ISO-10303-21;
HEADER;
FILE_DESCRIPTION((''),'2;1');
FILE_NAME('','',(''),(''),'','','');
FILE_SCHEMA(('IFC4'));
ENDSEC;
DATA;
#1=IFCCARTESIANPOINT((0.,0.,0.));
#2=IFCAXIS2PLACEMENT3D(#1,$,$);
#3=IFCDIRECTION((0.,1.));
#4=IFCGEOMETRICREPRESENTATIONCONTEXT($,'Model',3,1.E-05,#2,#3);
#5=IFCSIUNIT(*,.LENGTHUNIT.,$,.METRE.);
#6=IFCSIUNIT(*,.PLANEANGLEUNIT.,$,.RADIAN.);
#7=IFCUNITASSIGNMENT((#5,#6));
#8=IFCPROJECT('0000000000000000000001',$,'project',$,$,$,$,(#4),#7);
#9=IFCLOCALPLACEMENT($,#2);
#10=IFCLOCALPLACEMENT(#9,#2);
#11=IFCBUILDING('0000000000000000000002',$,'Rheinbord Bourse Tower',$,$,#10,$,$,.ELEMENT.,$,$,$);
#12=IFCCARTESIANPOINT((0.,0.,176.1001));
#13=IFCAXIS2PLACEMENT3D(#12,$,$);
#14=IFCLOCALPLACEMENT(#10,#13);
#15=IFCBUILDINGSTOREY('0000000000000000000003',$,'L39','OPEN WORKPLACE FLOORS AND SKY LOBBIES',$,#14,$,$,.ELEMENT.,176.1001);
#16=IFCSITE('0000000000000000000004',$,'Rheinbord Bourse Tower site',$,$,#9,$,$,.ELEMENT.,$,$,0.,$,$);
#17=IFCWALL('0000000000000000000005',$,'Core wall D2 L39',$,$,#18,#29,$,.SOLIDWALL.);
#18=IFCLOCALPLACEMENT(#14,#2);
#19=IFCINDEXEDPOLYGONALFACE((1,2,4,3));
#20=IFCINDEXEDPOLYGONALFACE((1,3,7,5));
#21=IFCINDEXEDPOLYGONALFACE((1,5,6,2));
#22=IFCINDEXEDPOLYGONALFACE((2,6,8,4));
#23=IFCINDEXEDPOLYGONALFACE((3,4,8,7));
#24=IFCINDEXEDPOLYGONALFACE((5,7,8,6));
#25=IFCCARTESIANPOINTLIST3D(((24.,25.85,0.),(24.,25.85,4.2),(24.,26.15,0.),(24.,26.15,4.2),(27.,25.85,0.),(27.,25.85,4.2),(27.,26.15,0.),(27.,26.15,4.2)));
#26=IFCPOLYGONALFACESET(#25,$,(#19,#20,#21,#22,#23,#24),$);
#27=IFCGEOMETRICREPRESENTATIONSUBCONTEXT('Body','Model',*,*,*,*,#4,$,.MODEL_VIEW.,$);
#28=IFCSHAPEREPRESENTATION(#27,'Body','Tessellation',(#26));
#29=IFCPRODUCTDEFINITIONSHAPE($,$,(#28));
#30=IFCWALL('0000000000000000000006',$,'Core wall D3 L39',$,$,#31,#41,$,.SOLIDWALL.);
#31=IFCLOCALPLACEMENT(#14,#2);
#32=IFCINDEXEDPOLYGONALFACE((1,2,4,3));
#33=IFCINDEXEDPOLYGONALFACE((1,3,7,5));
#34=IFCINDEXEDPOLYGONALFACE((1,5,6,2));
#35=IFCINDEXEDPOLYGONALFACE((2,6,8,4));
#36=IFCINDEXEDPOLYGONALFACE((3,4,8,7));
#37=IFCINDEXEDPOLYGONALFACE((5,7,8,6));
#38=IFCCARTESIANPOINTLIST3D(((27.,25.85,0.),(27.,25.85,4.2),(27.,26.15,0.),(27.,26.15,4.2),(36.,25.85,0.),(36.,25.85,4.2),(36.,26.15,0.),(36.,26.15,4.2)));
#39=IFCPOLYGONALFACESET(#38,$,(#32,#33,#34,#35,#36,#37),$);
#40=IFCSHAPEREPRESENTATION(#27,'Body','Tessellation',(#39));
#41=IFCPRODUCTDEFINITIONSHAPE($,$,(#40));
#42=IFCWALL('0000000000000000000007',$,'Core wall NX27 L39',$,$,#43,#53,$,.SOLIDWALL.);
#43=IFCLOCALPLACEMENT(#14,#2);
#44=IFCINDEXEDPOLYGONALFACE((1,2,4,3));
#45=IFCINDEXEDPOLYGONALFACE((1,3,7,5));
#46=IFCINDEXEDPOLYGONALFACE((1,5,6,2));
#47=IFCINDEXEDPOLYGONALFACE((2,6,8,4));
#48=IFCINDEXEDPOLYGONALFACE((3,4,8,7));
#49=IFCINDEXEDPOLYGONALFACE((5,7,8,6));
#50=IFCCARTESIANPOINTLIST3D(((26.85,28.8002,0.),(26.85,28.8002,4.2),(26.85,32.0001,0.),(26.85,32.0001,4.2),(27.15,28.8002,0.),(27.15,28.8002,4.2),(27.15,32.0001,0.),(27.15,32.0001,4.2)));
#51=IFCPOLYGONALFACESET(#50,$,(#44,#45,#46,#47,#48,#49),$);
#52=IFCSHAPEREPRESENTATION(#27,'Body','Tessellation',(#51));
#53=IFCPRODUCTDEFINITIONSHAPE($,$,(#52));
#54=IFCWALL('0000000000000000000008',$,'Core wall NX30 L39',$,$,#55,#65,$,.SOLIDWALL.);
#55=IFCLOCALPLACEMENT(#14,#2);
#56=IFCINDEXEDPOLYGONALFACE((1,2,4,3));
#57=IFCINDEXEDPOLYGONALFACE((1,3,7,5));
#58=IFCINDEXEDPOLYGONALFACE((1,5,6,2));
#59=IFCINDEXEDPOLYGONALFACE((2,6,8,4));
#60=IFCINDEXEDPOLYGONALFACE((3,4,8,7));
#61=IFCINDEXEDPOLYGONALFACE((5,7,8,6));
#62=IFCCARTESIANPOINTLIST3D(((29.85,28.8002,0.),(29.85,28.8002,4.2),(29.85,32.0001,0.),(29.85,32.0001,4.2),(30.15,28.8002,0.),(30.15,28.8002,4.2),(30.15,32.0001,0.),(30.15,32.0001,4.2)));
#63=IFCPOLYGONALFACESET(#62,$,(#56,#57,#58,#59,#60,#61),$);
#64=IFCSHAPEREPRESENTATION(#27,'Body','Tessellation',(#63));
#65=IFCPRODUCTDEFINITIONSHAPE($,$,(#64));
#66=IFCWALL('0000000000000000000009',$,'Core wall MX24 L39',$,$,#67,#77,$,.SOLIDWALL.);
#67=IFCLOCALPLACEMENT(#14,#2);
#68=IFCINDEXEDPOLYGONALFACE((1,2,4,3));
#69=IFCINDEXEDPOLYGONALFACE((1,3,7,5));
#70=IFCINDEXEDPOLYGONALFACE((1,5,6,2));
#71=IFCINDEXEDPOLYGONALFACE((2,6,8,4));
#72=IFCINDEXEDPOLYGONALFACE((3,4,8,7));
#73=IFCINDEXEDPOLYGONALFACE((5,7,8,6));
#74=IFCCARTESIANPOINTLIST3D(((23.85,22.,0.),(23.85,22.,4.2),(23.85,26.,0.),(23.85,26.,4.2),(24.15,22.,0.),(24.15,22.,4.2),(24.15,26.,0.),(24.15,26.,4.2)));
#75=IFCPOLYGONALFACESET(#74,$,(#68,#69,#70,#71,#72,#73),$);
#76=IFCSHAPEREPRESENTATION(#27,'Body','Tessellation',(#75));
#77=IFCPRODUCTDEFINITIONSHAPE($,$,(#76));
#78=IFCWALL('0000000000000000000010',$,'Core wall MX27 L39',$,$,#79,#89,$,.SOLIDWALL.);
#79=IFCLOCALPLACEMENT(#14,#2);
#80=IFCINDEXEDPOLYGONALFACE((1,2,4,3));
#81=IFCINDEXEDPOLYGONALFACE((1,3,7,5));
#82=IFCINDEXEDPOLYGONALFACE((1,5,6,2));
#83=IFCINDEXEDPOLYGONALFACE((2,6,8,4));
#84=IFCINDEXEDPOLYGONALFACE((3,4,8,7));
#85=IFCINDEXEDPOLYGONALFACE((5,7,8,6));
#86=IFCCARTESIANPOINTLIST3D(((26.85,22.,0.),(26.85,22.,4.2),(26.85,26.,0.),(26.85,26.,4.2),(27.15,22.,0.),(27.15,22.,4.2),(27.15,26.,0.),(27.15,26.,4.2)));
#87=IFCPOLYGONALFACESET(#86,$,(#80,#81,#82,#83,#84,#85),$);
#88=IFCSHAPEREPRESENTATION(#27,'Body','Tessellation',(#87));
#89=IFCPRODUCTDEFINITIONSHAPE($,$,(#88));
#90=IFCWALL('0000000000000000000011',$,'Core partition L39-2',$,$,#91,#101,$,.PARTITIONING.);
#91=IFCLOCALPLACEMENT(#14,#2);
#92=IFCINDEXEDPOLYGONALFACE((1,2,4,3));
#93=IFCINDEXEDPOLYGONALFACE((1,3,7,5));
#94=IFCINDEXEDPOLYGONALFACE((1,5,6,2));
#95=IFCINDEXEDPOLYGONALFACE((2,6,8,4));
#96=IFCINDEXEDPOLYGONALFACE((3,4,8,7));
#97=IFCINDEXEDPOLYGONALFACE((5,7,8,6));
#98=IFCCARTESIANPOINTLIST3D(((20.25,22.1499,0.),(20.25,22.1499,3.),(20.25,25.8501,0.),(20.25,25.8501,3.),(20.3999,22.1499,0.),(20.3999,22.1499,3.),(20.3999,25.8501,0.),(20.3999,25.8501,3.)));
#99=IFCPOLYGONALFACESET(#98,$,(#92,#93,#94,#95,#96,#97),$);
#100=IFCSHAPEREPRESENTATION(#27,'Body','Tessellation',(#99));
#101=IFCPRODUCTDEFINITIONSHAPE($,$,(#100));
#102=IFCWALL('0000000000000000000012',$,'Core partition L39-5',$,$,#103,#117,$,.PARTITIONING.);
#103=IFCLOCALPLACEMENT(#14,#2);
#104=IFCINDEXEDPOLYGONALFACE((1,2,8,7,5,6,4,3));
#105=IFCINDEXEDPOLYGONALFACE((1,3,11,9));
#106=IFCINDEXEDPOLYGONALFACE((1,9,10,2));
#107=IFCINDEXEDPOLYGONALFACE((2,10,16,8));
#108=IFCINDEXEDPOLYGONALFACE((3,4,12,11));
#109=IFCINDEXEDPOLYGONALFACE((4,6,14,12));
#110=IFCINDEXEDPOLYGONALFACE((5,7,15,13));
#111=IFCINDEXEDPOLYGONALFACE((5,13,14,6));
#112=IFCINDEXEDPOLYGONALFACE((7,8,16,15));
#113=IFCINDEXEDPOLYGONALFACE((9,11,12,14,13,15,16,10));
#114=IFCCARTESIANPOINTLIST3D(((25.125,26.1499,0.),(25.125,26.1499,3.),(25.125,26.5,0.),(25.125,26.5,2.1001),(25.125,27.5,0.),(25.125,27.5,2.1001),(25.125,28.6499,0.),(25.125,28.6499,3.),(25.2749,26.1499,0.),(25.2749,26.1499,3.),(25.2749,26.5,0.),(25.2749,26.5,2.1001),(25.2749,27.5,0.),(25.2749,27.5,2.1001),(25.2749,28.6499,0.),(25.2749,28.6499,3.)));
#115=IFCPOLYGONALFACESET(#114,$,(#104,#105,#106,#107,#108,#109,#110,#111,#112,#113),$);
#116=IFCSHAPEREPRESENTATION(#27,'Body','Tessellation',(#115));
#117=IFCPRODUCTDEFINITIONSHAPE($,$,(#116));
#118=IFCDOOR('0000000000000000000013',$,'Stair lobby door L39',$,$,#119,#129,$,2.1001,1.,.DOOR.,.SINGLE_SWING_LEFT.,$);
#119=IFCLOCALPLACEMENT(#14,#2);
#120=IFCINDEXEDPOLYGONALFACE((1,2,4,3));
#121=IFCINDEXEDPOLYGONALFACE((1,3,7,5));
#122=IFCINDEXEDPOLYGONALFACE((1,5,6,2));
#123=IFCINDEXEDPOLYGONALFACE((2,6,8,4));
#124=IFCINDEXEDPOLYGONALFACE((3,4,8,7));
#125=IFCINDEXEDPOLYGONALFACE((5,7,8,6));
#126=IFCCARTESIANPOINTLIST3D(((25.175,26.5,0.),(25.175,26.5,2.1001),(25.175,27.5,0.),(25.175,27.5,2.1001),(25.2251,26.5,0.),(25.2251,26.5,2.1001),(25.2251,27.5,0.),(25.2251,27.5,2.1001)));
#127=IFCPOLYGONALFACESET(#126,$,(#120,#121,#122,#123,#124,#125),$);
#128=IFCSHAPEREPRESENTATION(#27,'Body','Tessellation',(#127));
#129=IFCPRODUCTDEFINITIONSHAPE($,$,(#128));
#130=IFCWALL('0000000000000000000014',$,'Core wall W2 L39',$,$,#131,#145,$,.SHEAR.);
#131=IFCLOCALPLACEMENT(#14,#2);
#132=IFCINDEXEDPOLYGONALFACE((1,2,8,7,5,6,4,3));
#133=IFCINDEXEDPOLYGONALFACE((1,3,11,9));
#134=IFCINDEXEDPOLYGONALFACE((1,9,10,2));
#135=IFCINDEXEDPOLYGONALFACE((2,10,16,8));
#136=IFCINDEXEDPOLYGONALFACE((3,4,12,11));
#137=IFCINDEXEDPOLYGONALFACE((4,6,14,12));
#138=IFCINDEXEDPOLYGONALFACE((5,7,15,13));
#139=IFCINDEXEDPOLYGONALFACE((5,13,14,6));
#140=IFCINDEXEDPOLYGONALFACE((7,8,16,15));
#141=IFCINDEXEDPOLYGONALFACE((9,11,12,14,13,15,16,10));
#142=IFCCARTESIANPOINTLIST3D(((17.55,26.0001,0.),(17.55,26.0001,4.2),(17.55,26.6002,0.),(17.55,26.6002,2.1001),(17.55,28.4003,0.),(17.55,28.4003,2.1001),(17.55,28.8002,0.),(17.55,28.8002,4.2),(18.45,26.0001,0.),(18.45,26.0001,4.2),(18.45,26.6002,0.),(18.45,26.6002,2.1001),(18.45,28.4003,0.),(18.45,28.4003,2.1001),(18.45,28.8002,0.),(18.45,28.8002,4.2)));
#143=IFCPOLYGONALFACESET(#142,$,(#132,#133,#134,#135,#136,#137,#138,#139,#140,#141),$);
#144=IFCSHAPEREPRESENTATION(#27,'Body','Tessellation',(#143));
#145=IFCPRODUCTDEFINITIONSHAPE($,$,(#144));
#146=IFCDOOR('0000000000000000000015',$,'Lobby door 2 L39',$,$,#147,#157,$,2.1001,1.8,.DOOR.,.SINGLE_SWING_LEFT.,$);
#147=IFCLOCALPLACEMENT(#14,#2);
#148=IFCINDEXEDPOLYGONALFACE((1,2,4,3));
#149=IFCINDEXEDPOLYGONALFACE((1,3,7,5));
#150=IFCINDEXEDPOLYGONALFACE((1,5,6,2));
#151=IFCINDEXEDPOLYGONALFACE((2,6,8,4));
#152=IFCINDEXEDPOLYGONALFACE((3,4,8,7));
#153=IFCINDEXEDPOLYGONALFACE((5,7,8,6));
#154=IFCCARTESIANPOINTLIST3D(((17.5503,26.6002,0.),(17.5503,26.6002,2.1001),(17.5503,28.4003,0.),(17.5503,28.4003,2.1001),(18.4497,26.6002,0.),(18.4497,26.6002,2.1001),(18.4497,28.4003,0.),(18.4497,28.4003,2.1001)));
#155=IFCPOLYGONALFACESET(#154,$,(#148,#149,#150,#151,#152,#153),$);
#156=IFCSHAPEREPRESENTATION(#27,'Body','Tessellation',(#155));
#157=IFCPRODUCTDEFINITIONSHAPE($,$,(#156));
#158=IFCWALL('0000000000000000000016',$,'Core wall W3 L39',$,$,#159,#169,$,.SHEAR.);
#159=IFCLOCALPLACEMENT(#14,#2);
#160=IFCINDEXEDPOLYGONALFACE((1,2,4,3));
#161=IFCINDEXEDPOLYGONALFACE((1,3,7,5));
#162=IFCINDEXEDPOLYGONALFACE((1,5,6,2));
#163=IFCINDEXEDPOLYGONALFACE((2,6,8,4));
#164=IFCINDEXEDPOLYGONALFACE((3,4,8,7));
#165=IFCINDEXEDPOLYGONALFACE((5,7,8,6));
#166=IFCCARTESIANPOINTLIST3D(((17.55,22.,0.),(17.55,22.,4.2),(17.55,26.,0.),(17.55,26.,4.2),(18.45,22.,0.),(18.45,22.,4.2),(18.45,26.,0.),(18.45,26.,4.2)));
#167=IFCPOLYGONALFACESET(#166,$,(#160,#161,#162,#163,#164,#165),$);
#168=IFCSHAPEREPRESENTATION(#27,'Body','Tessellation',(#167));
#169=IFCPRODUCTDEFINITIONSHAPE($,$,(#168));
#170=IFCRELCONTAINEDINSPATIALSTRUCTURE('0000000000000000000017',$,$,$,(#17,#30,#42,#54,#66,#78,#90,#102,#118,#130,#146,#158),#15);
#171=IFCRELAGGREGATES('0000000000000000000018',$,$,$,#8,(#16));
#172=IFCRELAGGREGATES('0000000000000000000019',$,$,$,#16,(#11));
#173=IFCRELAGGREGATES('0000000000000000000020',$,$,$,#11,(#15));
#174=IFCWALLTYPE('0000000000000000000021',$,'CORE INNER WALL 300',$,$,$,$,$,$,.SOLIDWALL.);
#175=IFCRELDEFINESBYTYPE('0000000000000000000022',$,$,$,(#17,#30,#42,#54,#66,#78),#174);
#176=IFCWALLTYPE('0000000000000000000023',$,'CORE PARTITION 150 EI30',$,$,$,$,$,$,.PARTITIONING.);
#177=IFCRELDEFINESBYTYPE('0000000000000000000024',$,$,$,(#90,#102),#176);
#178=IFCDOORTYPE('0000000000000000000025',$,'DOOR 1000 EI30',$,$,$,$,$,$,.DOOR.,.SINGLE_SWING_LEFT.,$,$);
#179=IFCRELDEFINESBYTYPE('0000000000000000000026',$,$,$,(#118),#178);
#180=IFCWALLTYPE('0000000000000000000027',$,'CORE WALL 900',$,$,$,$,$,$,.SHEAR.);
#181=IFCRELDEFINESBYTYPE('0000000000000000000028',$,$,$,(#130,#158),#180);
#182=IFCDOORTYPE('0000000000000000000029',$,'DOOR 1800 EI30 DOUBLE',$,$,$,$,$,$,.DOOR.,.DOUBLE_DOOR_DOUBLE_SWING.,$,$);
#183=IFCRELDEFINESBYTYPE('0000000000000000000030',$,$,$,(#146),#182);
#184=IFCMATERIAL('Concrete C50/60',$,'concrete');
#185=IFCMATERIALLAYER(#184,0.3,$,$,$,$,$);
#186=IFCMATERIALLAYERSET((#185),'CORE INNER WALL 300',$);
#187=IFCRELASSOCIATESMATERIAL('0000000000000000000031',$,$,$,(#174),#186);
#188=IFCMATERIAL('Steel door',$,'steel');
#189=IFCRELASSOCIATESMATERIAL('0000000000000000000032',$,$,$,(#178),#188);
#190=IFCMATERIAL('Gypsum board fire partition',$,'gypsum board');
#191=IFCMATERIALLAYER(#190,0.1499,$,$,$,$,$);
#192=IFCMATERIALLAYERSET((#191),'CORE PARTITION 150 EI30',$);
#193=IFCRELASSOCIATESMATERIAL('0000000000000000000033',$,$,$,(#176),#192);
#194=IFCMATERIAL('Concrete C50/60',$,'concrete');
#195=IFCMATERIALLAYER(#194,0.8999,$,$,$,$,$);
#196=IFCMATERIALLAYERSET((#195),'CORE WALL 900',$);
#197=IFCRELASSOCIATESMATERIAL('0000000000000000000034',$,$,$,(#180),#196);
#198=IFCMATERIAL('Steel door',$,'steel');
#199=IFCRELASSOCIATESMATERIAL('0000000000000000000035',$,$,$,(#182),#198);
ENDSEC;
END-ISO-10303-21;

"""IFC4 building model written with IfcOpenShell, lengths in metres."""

from ifc_helpers import new_model, si_unit, direction, frame, frame_2d, origin, place, context, subcontext, project, spatial, rectangle, extrude, material, layer, layer_set, type_object, element, fill, save


model = new_model("IFC4")

# Units and contexts
model_context = context("Model", 3, precision=1e-05, world=origin(), true_north=direction((0.0, 1.0)))
body_context = subcontext(model_context, "Body", "Model", "MODEL_VIEW")
ifc_project = project(units=[si_unit("LENGTHUNIT", "METRE"), si_unit("PLANEANGLEUNIT", "RADIAN")], contexts=[model_context])

# Site, building, storey
site_placement = place(None, origin())
site = spatial("IfcSite", under=ifc_project, at=site_placement, Name="Rheinbord Bourse Tower site", CompositionType="ELEMENT", RefElevation=0.0)
building_placement = place(site_placement, origin())
building = spatial("IfcBuilding", under=site, at=building_placement, Name="Rheinbord Bourse Tower", CompositionType="ELEMENT")
storey_placement = place(building_placement, frame((0.0, 0.0, 176.1001)))
storey = spatial("IfcBuildingStorey", under=building, at=storey_placement, Name="L39", Description="OPEN WORKPLACE FLOORS AND SKY LOBBIES", CompositionType="ELEMENT", Elevation=176.1001)

# Shared definitions
ifc_material_1 = material(Name="Concrete C50/60", Category="concrete")
ifc_layer_1 = layer(ifc_material_1, 0.3)
ifc_layer_set_1 = layer_set([ifc_layer_1], Name="CORE INNER WALL 300")
wall_type_1 = type_object("IfcWallType", Name="CORE INNER WALL 300", PredefinedType="SOLIDWALL", material=ifc_layer_set_1)
ifc_material_2 = material(Name="Steel door", Category="steel")
door_type_1 = type_object("IfcDoorType", Name="DOOR 1000 EI30", OperationType="SINGLE_SWING_LEFT", PredefinedType="DOOR", material=ifc_material_2)

# Walls
wall_1_placement = place(storey_placement, frame((24.0, 26.0, 0.0), z_axis=(0.0, 0.0, 1.0), x_axis=(1.0, 0.0, 0.0)))
element("IfcWall", 1, at=wall_1_placement, inside=storey, type_object=wall_type_1, Name="Core wall D2 L39", PredefinedType="SOLIDWALL", context=body_context, shape_type="SweptSolid", body=[
    extrude(rectangle(XDim=3.0, YDim=0.3, at=frame_2d((1.5, 0.0))), origin(), (0.0, 0.0, 1.0), 4.2),
])
wall_2_placement = place(storey_placement, frame((27.0, 26.0, 0.0), z_axis=(0.0, 0.0, 1.0), x_axis=(1.0, 0.0, 0.0)))
element("IfcWall", 2, at=wall_2_placement, inside=storey, type_object=wall_type_1, Name="Core wall D3 L39", PredefinedType="SOLIDWALL", context=body_context, shape_type="SweptSolid", body=[
    extrude(rectangle(XDim=9.0, YDim=0.3, at=frame_2d((4.5, 0.0))), origin(), (0.0, 0.0, 1.0), 4.2),
])
for number, where, z_axis, x_axis, name in (
    (3, (27.0, 28.8, 0.0), (0.0, 0.0, 1.0), (0.0, 1.0, 0.0), "Core wall NX27 L39"),
    (4, (30.0, 28.8, 0.0), (0.0, 0.0, 1.0), (0.0, 1.0, 0.0), "Core wall NX30 L39"),
):
    element("IfcWall", number, at=place(storey_placement, frame(where, z_axis=z_axis, x_axis=x_axis)), inside=storey, type_object=wall_type_1, Name=name, PredefinedType="SOLIDWALL", context=body_context, shape_type="SweptSolid", body=[
        extrude(rectangle(XDim=3.2, YDim=0.3, at=frame_2d((1.6001, 0.0))), origin(), (0.0, 0.0, 1.0), 4.2),
    ])
for number, where, z_axis, x_axis, name in (
    (5, (24.0, 22.0, 0.0), (0.0, 0.0, 1.0), (0.0, 1.0, 0.0), "Core wall MX24 L39"),
    (6, (27.0, 22.0, 0.0), (0.0, 0.0, 1.0), (0.0, 1.0, 0.0), "Core wall MX27 L39"),
):
    element("IfcWall", number, at=place(storey_placement, frame(where, z_axis=z_axis, x_axis=x_axis)), inside=storey, type_object=wall_type_1, Name=name, PredefinedType="SOLIDWALL", context=body_context, shape_type="SweptSolid", body=[
        extrude(rectangle(XDim=4.0, YDim=0.3, at=frame_2d((2.0, 0.0))), origin(), (0.0, 0.0, 1.0), 4.2),
    ])
ifc_material_3 = material(Name="Gypsum board fire partition", Category="gypsum board")
ifc_layer_2 = layer(ifc_material_3, 0.1499)
ifc_layer_set_2 = layer_set([ifc_layer_2], Name="CORE PARTITION 150 EI30")
wall_type_2 = type_object("IfcWallType", Name="CORE PARTITION 150 EI30", PredefinedType="PARTITIONING", material=ifc_layer_set_2)
wall_3_placement = place(storey_placement, frame((20.325, 22.1499, 0.0), z_axis=(0.0, 0.0, 1.0), x_axis=(0.0, 1.0, 0.0)))
element("IfcWall", 7, at=wall_3_placement, inside=storey, type_object=wall_type_2, Name="Core partition L39-2", PredefinedType="PARTITIONING", context=body_context, shape_type="SweptSolid", body=[
    extrude(rectangle(XDim=3.7002, YDim=0.1499, at=frame_2d((1.8501, 0.0))), origin(), (0.0, 0.0, 1.0), 3.0),
])

# Walls, openings, doors
wall_4_placement = place(storey_placement, frame((25.2, 26.1499, 0.0), z_axis=(0.0, 0.0, 1.0), x_axis=(0.0, 1.0, 0.0)))
wall_4 = element("IfcWall", 8, at=wall_4_placement, inside=storey, type_object=wall_type_2, Name="Core partition L39-5", PredefinedType="PARTITIONING", context=body_context, shape_type="SweptSolid", body=[
    extrude(rectangle(XDim=2.5, YDim=0.1499, at=frame_2d((1.25, 0.0))), origin(), (0.0, 0.0, 1.0), 3.0),
])
opening_1_placement = place(wall_4_placement, frame((0.3501, 0.0, 0.0)))
opening_1 = element("IfcOpeningElement", 9, at=opening_1_placement, cuts=wall_4, PredefinedType="OPENING", context=body_context, shape_type="SweptSolid", body=[
    extrude(rectangle(XDim=1.0, YDim=2.1001, at=frame_2d((0.5, 1.05))), frame((0.0, 0.085, 0.0), z_axis=(0.0, -1.0, 0.0), x_axis=(1.0, 0.0, 0.0)), (0.0, 0.0, 1.0), 0.1699),
])
door_1_placement = place(opening_1_placement, origin())
door_1 = element("IfcDoor", 10, at=door_1_placement, inside=storey, type_object=door_type_1, Name="Stair lobby door L39", OperationType="SINGLE_SWING_LEFT", OverallHeight=2.1001, OverallWidth=1.0, PredefinedType="DOOR", context=body_context, shape_type="SweptSolid", body=[
    extrude(rectangle(XDim=1.0, YDim=2.1001, at=frame_2d((0.5, 1.05))), frame((0.0, 0.0249, 0.0), z_axis=(0.0, -1.0, 0.0), x_axis=(1.0, 0.0, 0.0)), (0.0, 0.0, 1.0), 0.05),
])
fill(opening_1, door_1)
ifc_material_4 = material(Name="Concrete C50/60", Category="concrete")
ifc_layer_3 = layer(ifc_material_4, 0.8999)
ifc_layer_set_3 = layer_set([ifc_layer_3], Name="CORE WALL 900")
wall_type_3 = type_object("IfcWallType", Name="CORE WALL 900", PredefinedType="SHEAR", material=ifc_layer_set_3)
wall_5_placement = place(storey_placement, frame((18.0, 28.8, 0.0), z_axis=(0.0, 0.0, 1.0), x_axis=(0.0, -1.0, 0.0)))
wall_5 = element("IfcWall", 11, at=wall_5_placement, inside=storey, type_object=wall_type_3, Name="Core wall W2 L39", PredefinedType="SHEAR", context=body_context, shape_type="SweptSolid", body=[
    extrude(rectangle(XDim=2.8, YDim=0.8999, at=frame_2d((1.3999, 0.0))), origin(), (0.0, 0.0, 1.0), 4.2),
])
opening_2_placement = place(wall_5_placement, frame((0.3999, 0.0, 0.0)))
opening_2 = element("IfcOpeningElement", 12, at=opening_2_placement, cuts=wall_5, PredefinedType="OPENING", context=body_context, shape_type="SweptSolid", body=[
    extrude(rectangle(XDim=1.8, YDim=2.1001, at=frame_2d((0.8999, 1.05))), frame((0.0, 0.46, 0.0), z_axis=(0.0, -1.0, 0.0), x_axis=(1.0, 0.0, 0.0)), (0.0, 0.0, 1.0), 0.9199),
])
ifc_material_5 = material(Name="Steel door", Category="steel")
door_type_2 = type_object("IfcDoorType", Name="DOOR 1800 EI30 DOUBLE", OperationType="DOUBLE_DOOR_DOUBLE_SWING", PredefinedType="DOOR", material=ifc_material_5)
door_2_placement = place(opening_2_placement, origin())
door_2 = element("IfcDoor", 13, at=door_2_placement, inside=storey, type_object=door_type_2, Name="Lobby door 2 L39", OperationType="SINGLE_SWING_LEFT", OverallHeight=2.1001, OverallWidth=1.8, PredefinedType="DOOR", context=body_context, shape_type="SweptSolid", body=[
    extrude(rectangle(XDim=1.8, YDim=2.1001, at=frame_2d((0.8999, 1.05))), frame((0.0, 0.4497, 0.0), z_axis=(0.0, -1.0, 0.0), x_axis=(1.0, 0.0, 0.0)), (0.0, 0.0, 1.0), 0.8994),
])
fill(opening_2, door_2)

# Wall
wall_6_placement = place(storey_placement, frame((18.0, 26.0, 0.0), z_axis=(0.0, 0.0, 1.0), x_axis=(0.0, -1.0, 0.0)))
element("IfcWall", 14, at=wall_6_placement, inside=storey, type_object=wall_type_3, Name="Core wall W3 L39", PredefinedType="SHEAR", context=body_context, shape_type="SweptSolid", body=[
    extrude(rectangle(XDim=4.0, YDim=0.8999, at=frame_2d((2.0, 0.0))), origin(), (0.0, 0.0, 1.0), 4.2),
])

save(model, "model.ifc")
